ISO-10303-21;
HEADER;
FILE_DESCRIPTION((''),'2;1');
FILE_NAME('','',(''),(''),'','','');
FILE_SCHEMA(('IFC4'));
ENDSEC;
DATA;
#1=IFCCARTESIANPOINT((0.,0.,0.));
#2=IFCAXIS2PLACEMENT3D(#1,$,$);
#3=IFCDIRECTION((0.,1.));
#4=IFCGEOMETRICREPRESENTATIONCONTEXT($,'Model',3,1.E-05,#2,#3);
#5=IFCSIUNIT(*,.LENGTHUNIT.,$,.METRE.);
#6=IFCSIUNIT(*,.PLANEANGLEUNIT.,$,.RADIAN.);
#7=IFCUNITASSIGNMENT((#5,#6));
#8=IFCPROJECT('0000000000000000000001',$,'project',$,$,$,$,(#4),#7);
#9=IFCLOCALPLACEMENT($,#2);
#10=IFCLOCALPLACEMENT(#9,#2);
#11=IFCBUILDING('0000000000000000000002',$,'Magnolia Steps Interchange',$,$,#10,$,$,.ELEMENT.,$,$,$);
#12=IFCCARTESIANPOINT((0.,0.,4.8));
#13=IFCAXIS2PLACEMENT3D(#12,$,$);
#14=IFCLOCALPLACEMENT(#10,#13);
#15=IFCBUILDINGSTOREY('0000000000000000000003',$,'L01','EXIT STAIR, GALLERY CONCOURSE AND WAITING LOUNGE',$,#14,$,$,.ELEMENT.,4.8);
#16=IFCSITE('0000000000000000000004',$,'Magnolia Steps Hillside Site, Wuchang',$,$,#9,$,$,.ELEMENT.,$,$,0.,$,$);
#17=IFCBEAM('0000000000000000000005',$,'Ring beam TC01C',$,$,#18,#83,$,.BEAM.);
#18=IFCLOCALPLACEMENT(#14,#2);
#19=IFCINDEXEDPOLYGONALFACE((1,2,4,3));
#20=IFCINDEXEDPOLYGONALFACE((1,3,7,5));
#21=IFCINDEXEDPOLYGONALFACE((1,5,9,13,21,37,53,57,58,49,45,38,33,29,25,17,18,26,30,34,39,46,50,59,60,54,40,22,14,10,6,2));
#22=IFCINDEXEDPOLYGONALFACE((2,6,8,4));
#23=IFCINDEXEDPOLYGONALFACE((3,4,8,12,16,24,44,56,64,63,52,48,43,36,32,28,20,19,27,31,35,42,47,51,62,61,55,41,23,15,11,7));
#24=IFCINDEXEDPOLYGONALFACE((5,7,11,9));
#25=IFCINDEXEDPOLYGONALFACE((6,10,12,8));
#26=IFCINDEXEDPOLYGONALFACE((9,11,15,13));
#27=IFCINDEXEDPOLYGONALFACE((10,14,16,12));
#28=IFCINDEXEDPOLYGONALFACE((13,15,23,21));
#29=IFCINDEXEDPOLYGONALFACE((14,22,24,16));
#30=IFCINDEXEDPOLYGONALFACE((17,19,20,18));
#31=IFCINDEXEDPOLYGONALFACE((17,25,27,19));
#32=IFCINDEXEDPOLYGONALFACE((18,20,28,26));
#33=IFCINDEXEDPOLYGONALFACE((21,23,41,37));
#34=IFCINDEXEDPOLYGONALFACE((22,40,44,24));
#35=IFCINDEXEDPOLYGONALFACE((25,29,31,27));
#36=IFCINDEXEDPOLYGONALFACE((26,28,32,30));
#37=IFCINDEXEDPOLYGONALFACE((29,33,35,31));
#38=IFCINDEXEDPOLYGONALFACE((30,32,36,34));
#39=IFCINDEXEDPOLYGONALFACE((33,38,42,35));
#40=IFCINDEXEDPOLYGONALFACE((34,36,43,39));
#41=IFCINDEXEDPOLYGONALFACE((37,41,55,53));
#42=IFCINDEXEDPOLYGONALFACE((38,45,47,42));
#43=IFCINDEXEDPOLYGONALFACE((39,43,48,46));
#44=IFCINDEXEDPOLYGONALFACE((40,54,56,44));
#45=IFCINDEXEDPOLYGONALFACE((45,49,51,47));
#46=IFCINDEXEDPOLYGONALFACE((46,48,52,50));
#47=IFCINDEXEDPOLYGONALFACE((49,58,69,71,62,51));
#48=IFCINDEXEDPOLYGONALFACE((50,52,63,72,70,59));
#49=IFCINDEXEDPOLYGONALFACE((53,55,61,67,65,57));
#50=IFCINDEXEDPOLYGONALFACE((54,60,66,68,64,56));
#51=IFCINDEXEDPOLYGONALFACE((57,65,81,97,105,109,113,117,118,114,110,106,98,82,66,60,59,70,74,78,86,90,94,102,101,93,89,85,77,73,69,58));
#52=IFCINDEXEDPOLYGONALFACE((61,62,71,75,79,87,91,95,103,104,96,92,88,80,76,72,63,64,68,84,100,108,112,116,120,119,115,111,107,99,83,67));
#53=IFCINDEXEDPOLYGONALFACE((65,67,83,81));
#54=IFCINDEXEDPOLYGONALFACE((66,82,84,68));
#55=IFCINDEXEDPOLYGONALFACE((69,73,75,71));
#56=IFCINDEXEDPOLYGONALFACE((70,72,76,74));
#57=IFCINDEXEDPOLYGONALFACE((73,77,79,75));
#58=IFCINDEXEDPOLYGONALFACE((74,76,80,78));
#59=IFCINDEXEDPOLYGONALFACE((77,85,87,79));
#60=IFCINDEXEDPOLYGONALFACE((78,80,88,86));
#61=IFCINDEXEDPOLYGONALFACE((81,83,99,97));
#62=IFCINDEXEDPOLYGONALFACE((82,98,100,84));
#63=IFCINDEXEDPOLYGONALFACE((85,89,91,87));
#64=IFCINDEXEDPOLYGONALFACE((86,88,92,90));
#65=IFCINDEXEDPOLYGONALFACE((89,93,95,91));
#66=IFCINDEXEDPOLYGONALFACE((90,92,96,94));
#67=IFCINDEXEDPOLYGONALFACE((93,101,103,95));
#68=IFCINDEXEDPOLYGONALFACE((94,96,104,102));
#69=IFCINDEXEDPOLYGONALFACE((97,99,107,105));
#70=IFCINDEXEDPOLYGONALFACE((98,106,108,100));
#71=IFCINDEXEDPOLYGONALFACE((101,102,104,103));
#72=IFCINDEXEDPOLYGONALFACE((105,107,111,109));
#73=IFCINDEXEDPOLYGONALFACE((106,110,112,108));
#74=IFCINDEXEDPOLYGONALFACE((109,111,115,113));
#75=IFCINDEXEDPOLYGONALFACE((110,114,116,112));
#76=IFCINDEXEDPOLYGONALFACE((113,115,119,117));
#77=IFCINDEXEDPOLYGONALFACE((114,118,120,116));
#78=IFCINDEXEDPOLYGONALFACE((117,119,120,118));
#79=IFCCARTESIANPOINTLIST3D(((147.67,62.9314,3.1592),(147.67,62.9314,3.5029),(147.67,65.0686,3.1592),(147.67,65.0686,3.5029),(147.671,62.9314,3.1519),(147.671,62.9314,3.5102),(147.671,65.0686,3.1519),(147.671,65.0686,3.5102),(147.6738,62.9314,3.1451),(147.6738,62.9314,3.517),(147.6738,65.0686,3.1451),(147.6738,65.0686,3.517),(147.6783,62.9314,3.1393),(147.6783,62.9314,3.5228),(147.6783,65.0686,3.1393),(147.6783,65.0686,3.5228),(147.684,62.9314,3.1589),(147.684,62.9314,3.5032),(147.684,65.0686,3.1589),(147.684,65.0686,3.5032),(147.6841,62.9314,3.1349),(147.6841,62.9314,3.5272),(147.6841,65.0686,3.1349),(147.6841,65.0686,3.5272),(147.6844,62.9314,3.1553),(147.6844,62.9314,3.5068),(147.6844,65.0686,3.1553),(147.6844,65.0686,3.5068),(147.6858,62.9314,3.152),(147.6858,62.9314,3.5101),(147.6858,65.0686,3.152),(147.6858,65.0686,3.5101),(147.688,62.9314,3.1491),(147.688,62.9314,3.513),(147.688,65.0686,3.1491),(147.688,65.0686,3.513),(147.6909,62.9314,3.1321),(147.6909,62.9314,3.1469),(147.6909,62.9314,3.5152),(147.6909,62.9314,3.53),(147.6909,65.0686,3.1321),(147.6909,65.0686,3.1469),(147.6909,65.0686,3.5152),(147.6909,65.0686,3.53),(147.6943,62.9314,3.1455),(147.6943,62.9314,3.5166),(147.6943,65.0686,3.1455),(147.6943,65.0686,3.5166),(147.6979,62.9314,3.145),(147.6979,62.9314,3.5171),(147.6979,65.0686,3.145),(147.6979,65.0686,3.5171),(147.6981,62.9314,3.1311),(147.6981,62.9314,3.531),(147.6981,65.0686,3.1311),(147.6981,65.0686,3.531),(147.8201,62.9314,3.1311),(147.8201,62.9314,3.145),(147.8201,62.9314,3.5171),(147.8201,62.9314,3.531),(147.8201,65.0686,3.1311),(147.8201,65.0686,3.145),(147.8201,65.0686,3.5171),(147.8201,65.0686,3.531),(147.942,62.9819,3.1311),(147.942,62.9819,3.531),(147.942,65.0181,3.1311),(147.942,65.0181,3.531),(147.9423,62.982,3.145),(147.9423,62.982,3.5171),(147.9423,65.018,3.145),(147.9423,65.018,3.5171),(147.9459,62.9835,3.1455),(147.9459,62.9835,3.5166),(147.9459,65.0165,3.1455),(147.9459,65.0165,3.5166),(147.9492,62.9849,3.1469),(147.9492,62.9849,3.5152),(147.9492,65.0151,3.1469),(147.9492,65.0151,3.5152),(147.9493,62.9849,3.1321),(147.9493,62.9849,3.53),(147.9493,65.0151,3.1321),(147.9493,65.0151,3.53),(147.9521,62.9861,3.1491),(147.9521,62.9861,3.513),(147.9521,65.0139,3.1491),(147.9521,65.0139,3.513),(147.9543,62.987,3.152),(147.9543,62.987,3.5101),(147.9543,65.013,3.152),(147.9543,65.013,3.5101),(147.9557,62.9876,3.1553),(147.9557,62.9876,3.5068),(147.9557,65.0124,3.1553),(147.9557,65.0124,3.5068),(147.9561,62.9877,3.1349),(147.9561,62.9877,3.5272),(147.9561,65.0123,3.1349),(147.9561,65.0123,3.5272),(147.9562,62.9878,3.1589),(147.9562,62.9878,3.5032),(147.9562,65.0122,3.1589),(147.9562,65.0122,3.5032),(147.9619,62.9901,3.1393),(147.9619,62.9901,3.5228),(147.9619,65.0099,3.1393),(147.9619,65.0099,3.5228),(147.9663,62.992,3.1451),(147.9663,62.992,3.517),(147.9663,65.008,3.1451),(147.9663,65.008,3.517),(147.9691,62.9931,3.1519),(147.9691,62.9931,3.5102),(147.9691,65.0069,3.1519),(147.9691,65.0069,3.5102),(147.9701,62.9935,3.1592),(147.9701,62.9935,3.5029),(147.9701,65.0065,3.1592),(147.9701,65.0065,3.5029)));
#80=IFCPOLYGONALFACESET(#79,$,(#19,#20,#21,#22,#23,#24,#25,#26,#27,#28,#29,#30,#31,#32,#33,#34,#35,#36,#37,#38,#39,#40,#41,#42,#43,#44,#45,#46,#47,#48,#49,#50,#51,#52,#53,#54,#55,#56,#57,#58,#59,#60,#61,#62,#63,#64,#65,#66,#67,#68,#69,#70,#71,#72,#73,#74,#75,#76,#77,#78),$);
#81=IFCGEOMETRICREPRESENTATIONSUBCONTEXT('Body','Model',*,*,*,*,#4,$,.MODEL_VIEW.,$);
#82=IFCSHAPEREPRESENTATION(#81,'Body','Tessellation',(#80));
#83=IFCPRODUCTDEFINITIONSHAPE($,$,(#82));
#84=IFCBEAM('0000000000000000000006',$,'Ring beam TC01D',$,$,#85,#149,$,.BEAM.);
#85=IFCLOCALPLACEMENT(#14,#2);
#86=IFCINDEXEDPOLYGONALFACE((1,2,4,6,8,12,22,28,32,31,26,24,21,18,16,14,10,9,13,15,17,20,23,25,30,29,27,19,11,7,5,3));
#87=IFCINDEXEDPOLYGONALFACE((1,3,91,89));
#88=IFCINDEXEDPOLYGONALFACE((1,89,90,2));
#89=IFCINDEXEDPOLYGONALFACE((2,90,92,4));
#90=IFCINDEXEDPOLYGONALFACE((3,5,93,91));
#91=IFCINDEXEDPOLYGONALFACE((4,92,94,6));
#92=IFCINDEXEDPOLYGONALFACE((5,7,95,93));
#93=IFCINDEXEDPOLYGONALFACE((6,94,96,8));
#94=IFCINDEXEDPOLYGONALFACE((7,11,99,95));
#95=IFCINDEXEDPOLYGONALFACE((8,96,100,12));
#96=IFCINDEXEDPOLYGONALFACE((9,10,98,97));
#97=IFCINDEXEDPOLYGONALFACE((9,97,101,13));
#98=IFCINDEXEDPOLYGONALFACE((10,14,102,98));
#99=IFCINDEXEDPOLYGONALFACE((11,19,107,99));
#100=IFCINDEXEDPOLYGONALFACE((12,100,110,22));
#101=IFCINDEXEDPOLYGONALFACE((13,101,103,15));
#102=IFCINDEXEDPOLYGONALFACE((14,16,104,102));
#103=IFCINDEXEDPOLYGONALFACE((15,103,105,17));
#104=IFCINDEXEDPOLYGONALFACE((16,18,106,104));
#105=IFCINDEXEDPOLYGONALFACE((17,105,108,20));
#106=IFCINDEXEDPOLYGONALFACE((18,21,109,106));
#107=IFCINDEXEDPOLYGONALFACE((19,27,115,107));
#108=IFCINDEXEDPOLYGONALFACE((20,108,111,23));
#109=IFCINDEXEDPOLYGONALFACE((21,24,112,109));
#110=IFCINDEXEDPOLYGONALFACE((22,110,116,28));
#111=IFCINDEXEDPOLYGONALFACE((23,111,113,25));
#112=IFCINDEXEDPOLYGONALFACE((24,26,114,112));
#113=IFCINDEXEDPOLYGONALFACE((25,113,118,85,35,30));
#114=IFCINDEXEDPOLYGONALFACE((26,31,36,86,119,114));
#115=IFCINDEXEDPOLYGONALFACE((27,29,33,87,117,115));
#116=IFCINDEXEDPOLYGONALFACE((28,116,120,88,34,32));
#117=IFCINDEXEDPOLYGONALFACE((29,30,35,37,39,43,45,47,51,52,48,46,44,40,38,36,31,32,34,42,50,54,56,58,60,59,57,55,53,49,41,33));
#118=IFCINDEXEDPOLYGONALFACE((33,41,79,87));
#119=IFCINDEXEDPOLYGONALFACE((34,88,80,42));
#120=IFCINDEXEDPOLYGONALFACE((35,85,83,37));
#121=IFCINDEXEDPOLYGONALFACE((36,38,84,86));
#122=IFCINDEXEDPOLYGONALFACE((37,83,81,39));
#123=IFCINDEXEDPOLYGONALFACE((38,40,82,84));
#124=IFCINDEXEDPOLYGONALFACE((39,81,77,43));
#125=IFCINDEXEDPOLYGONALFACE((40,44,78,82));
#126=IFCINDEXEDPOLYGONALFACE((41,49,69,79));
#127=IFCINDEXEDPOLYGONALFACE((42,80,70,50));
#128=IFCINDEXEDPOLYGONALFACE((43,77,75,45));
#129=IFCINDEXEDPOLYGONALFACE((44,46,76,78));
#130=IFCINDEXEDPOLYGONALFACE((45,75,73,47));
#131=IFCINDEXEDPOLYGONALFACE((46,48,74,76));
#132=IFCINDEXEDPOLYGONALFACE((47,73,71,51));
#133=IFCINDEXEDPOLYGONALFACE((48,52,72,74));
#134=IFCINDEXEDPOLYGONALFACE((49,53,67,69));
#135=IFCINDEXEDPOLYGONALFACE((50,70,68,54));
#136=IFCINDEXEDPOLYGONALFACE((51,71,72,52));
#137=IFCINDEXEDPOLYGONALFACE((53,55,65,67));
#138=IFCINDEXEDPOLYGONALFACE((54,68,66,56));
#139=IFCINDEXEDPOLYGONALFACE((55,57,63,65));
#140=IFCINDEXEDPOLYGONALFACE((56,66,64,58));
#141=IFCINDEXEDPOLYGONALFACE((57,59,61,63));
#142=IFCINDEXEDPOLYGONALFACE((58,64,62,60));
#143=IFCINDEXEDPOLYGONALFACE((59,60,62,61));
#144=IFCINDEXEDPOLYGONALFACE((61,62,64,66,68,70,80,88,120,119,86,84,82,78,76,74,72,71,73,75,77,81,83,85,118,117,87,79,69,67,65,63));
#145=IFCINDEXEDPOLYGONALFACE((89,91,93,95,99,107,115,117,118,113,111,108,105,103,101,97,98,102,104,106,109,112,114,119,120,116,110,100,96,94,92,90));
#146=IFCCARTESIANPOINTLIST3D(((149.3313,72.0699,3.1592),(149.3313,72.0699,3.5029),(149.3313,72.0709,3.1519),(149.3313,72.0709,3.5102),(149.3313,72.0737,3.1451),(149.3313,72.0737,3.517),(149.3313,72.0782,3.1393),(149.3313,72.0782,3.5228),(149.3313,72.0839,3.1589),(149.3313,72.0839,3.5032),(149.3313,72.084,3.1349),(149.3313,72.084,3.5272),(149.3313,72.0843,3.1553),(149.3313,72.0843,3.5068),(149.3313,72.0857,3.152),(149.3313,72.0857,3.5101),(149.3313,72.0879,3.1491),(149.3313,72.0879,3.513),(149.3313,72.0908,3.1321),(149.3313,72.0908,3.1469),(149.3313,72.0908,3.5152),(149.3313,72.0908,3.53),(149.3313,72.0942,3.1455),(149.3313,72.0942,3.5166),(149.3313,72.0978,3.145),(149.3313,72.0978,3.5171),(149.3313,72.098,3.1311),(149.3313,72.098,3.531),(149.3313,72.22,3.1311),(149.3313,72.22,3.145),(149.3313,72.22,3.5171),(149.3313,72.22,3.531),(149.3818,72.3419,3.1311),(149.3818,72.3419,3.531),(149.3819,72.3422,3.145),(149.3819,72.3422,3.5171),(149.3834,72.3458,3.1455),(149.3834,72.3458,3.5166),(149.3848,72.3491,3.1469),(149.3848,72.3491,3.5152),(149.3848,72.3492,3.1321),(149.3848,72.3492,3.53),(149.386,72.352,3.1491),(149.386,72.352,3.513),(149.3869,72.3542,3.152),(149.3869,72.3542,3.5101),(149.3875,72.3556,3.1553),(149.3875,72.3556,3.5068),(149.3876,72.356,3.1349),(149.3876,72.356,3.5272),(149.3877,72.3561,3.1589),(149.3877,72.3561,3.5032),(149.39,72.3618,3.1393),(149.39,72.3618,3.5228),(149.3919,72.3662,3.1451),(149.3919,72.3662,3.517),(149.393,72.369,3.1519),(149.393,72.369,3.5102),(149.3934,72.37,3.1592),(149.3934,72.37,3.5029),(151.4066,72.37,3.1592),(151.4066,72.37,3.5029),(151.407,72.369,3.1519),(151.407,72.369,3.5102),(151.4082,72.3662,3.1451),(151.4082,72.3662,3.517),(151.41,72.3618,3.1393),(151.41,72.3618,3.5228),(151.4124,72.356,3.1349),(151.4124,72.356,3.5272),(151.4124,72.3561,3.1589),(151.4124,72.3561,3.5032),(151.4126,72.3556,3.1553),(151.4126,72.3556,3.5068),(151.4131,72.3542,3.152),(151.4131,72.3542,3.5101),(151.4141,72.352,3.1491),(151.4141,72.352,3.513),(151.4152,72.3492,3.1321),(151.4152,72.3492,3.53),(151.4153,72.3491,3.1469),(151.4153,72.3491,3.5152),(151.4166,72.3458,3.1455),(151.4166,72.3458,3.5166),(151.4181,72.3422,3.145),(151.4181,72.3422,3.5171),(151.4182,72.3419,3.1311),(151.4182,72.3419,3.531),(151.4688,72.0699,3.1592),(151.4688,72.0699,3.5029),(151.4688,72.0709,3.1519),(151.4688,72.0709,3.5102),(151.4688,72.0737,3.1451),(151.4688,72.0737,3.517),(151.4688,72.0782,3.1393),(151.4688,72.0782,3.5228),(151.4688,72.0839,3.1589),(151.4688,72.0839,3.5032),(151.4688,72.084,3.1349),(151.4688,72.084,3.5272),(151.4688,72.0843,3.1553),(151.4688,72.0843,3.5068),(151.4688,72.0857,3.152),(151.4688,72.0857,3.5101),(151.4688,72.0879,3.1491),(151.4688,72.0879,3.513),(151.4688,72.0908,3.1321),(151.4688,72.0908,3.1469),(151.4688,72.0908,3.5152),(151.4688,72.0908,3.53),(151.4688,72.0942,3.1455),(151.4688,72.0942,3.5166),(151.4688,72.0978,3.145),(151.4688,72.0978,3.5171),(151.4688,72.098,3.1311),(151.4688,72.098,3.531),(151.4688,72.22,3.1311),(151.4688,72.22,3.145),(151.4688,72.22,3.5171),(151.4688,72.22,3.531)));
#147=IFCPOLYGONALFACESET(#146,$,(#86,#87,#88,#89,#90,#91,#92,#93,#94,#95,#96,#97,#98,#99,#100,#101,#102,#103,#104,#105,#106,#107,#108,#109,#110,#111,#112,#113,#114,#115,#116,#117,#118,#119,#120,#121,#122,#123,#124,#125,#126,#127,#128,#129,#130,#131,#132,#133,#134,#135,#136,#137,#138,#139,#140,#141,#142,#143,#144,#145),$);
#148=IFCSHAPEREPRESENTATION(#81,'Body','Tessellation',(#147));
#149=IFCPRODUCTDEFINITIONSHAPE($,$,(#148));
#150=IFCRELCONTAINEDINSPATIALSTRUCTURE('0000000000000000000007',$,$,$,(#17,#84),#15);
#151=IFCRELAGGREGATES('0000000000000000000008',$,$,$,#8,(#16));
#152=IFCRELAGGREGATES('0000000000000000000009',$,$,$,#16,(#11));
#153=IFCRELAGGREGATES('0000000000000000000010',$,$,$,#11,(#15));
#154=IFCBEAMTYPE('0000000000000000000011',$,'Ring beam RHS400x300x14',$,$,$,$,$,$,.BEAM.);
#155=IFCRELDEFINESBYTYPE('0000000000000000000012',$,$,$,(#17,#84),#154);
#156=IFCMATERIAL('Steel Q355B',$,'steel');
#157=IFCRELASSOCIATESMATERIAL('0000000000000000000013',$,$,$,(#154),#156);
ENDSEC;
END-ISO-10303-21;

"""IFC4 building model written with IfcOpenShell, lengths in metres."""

from ifc_helpers import new_model, si_unit, direction, frame, origin, origin_2d, place, context, subcontext, project, spatial, hollow_rectangle, extrude, clip, halfspace, material, material_profile, profile_set, type_object, element, save


model = new_model("IFC4")

# Units and contexts
model_context = context("Model", 3, precision=1e-05, world=origin(), true_north=direction((0.0, 1.0)))
body_context = subcontext(model_context, "Body", "Model", "MODEL_VIEW")
ifc_project = project(units=[si_unit("LENGTHUNIT", "METRE"), si_unit("PLANEANGLEUNIT", "RADIAN")], contexts=[model_context])

# Site, building, storey
site_placement = place(None, origin())
site = spatial("IfcSite", under=ifc_project, at=site_placement, Name="Magnolia Steps Hillside Site, Wuchang", CompositionType="ELEMENT", RefElevation=0.0)
building_placement = place(site_placement, origin())
building = spatial("IfcBuilding", under=site, at=building_placement, Name="Magnolia Steps Interchange", CompositionType="ELEMENT")
storey_placement = place(building_placement, frame((0.0, 0.0, 4.8)))
storey = spatial("IfcBuildingStorey", under=building, at=storey_placement, Name="L01", Description="EXIT STAIR, GALLERY CONCOURSE AND WAITING LOUNGE", CompositionType="ELEMENT", Elevation=4.8)

# Beams
ifc_material_1 = material(Name="Steel Q355B", Category="steel")
ifc_material_profile_1 = material_profile(ifc_material_1, hollow_rectangle(XDim=0.3, YDim=0.3999, WallThickness=0.0139, InnerFilletRadius=0.0139, OuterFilletRadius=0.0281, at=origin_2d()), Name="RHS400x300x14")
ifc_profile_set_1 = profile_set([ifc_material_profile_1], Name="Steel Q355B")
beam_type_1 = type_object("IfcBeamType", Name="Ring beam RHS400x300x14", PredefinedType="BEAM", material=ifc_profile_set_1)
beam_1_placement = place(storey_placement, frame((147.8201, 65.0686, 3.3311), z_axis=(0.0, -1.0, 0.0), x_axis=(1.0, 0.0, 0.0)))
element("IfcBeam", 1, at=beam_1_placement, inside=storey, type_object=beam_type_1, Name="Ring beam TC01C", PredefinedType="BEAM", context=body_context, shape_type="Clipping", body=[
    clip(clip(extrude(hollow_rectangle(XDim=0.3, YDim=0.3999, WallThickness=0.0139, InnerFilletRadius=0.0139, OuterFilletRadius=0.0281, at=origin_2d()), origin(), (0.0, 0.0, 1.0), 2.1372), halfspace(frame((0.0, 0.0, 0.0), z_axis=(0.382683, 0.0, -0.92388), x_axis=(0.92388, 0.0, 0.382683)), False)), halfspace(frame((0.0, 0.0, 2.1372), z_axis=(0.382683, 0.0, 0.92388), x_axis=(0.92388, 0.0, -0.382683)), False)),
])
beam_2_placement = place(storey_placement, frame((149.3313, 72.22, 3.3311), z_axis=(1.0, 0.0, 0.0), x_axis=(0.0, 1.0, 0.0)))
element("IfcBeam", 2, at=beam_2_placement, inside=storey, type_object=beam_type_1, Name="Ring beam TC01D", PredefinedType="BEAM", context=body_context, shape_type="Clipping", body=[
    clip(clip(extrude(hollow_rectangle(XDim=0.3, YDim=0.3999, WallThickness=0.0139, InnerFilletRadius=0.0139, OuterFilletRadius=0.0281, at=origin_2d()), origin(), (0.0, 0.0, 1.0), 2.1375), halfspace(frame((0.0, 0.0, 0.0), z_axis=(0.382683, 0.0, -0.92388), x_axis=(0.92388, 0.0, 0.382683)), False)), halfspace(frame((0.0, 0.0, 2.1375), z_axis=(0.382683, 0.0, 0.92388), x_axis=(0.92388, 0.0, -0.382683)), False)),
])

save(model, "model.ifc")
